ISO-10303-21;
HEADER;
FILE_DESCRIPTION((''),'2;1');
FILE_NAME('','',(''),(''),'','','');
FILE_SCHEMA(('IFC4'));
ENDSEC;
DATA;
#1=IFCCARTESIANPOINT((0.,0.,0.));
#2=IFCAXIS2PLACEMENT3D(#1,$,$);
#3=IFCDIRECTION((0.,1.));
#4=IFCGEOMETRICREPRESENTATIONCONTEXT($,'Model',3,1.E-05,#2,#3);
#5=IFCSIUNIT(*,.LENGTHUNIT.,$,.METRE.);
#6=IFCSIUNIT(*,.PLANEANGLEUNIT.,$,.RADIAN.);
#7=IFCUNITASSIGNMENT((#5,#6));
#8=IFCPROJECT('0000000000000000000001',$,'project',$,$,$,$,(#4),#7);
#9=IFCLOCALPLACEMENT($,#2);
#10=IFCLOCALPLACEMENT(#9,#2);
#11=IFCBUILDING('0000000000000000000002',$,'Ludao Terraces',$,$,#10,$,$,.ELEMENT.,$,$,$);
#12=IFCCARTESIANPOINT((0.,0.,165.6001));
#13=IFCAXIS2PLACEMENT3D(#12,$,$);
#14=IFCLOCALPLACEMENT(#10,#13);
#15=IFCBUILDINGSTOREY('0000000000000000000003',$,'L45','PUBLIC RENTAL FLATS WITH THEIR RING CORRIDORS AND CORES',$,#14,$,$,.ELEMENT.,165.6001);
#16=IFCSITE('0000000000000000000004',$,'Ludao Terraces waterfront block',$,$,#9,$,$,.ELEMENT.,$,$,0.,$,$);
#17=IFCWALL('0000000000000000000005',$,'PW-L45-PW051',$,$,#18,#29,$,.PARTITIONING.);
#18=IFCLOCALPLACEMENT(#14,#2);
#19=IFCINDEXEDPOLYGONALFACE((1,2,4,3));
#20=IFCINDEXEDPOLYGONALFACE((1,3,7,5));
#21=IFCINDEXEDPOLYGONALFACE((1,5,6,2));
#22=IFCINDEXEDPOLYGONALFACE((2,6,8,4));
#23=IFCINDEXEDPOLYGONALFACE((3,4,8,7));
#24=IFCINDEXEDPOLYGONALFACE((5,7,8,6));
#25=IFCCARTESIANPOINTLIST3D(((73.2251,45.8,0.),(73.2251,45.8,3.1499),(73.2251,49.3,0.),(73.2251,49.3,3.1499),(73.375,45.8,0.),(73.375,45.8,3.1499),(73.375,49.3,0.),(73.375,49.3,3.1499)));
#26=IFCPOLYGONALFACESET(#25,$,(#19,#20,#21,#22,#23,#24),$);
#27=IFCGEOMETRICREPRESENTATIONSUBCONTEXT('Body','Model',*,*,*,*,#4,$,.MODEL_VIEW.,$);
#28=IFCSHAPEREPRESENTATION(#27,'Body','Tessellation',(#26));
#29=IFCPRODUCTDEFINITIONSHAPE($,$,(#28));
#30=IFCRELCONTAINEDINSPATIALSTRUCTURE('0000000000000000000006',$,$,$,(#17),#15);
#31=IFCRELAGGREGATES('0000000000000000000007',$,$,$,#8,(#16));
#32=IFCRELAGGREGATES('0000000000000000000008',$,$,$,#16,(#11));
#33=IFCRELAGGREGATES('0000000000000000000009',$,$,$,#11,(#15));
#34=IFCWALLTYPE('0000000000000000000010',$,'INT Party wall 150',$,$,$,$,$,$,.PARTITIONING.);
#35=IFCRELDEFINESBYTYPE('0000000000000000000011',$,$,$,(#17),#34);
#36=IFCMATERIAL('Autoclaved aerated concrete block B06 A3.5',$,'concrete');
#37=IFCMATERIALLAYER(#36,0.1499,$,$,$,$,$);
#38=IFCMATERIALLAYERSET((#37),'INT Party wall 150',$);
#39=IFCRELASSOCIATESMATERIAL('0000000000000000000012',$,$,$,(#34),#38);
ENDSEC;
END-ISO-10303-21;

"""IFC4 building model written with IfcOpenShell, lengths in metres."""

from ifc_helpers import new_model, si_unit, direction, frame, frame_2d, origin, place, context, subcontext, project, spatial, rectangle, extrude, material, layer, layer_set, type_object, element, save


model = new_model("IFC4")

# Units and contexts
model_context = context("Model", 3, precision=1e-05, world=origin(), true_north=direction((0.0, 1.0)))
body_context = subcontext(model_context, "Body", "Model", "MODEL_VIEW")
ifc_project = project(units=[si_unit("LENGTHUNIT", "METRE"), si_unit("PLANEANGLEUNIT", "RADIAN")], contexts=[model_context])

# Site, building, storey
site_placement = place(None, origin())
site = spatial("IfcSite", under=ifc_project, at=site_placement, Name="Ludao Terraces waterfront block", CompositionType="ELEMENT", RefElevation=0.0)
building_placement = place(site_placement, origin())
building = spatial("IfcBuilding", under=site, at=building_placement, Name="Ludao Terraces", CompositionType="ELEMENT")
storey_placement = place(building_placement, frame((0.0, 0.0, 165.6001)))
storey = spatial("IfcBuildingStorey", under=building, at=storey_placement, Name="L45", Description="PUBLIC RENTAL FLATS WITH THEIR RING CORRIDORS AND CORES", CompositionType="ELEMENT", Elevation=165.6001)

# Wall
ifc_material_1 = material(Name="Autoclaved aerated concrete block B06 A3.5", Category="concrete")
ifc_layer_1 = layer(ifc_material_1, 0.1499)
ifc_layer_set_1 = layer_set([ifc_layer_1], Name="INT Party wall 150")
wall_type_1 = type_object("IfcWallType", Name="INT Party wall 150", PredefinedType="PARTITIONING", material=ifc_layer_set_1)
wall_1_placement = place(storey_placement, frame((73.3, 45.8, 0.0), z_axis=(0.0, 0.0, 1.0), x_axis=(0.0, 1.0, 0.0)))
element("IfcWall", 1, at=wall_1_placement, inside=storey, type_object=wall_type_1, Name="PW-L45-PW051", PredefinedType="PARTITIONING", context=body_context, shape_type="SweptSolid", body=[
    extrude(rectangle(XDim=3.5, YDim=0.1499, at=frame_2d((1.75, 0.0))), origin(), (0.0, 0.0, 1.0), 3.1499),
])

save(model, "model.ifc")
